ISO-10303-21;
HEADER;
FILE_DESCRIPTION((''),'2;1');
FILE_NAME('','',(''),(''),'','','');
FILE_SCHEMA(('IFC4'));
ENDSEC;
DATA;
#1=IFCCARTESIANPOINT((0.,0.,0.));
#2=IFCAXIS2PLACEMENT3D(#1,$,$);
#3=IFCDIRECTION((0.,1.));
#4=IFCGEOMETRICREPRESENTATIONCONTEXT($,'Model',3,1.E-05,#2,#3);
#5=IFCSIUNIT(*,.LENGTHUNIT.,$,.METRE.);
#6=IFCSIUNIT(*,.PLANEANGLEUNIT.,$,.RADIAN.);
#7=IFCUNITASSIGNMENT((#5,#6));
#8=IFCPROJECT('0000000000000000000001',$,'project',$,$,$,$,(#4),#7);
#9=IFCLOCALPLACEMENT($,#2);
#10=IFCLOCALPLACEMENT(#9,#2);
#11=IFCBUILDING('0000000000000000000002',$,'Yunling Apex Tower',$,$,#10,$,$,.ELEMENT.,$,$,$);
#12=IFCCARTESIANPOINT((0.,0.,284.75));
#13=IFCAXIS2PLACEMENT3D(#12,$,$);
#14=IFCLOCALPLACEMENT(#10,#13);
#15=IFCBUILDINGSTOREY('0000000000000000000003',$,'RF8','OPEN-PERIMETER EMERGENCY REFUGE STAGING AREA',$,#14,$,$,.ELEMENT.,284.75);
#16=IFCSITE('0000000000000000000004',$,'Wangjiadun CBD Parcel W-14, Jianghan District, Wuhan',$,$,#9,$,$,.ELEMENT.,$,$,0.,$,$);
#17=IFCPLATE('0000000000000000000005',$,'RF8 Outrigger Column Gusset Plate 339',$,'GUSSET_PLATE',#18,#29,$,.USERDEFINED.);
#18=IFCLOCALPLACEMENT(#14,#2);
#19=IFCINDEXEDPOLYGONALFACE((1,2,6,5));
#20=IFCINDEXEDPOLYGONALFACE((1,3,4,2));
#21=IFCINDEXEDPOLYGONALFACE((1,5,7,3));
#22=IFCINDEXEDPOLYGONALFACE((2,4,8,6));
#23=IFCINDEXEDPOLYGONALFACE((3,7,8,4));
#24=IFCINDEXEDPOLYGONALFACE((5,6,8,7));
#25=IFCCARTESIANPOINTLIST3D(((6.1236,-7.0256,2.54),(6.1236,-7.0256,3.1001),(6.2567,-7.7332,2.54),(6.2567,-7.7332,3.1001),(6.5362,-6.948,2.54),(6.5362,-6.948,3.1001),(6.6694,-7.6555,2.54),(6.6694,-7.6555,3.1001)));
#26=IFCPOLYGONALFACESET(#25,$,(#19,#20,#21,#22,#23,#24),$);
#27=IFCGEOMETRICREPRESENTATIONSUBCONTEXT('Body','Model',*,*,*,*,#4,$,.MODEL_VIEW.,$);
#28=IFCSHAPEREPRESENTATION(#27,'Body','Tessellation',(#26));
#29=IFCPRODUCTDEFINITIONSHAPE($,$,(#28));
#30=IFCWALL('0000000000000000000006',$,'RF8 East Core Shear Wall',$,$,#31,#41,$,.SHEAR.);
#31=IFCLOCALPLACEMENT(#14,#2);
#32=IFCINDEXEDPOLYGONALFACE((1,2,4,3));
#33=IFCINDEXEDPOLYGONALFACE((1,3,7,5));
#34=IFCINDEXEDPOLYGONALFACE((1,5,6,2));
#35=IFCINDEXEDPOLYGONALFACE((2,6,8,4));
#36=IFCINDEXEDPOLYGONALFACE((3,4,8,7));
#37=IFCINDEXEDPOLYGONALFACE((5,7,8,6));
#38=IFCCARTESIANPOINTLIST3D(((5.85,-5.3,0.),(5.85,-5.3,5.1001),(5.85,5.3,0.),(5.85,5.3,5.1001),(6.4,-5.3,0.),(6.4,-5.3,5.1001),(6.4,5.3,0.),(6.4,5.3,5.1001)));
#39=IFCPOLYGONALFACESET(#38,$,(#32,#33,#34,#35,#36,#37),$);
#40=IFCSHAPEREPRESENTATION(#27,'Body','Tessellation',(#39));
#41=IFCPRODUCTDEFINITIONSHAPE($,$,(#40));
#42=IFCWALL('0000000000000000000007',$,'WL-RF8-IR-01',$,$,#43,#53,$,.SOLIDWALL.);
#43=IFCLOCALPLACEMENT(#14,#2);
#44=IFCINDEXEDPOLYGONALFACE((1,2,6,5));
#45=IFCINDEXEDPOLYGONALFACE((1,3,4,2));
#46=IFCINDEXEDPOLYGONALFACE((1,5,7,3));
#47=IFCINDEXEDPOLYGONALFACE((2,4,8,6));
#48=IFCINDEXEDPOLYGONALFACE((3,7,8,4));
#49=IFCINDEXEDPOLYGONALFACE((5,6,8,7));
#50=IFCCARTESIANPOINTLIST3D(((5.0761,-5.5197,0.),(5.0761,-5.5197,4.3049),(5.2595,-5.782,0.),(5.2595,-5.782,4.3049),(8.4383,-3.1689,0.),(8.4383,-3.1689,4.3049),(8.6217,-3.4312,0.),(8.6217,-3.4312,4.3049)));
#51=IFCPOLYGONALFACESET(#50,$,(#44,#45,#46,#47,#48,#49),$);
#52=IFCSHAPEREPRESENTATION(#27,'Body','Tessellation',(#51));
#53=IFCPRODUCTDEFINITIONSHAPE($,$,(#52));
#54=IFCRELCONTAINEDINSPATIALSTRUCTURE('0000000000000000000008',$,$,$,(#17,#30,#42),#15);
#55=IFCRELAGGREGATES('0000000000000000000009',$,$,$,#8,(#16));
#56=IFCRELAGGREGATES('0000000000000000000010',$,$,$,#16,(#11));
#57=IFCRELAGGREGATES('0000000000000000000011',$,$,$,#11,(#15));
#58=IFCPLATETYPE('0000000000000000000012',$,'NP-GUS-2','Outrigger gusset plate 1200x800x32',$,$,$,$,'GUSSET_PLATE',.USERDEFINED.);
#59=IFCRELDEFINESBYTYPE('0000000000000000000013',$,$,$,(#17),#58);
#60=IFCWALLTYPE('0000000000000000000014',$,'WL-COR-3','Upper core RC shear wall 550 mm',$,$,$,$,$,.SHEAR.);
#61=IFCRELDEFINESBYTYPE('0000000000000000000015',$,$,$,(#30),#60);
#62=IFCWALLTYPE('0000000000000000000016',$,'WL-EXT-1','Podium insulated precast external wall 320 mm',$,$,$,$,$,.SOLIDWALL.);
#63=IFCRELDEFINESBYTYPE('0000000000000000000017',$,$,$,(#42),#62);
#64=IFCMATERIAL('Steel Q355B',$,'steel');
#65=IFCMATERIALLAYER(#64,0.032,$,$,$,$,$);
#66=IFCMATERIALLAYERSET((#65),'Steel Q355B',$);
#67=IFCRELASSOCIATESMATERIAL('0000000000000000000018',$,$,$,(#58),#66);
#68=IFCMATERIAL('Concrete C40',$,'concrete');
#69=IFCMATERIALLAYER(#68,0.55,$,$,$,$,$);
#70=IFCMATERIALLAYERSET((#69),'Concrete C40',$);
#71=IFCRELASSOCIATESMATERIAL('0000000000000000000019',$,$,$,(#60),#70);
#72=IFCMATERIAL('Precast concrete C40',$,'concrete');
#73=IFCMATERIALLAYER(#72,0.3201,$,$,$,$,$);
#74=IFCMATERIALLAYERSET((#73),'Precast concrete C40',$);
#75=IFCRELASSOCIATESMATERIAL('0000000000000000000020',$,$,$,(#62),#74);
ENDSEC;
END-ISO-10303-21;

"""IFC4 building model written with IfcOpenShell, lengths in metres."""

from ifc_helpers import new_model, si_unit, direction, frame, frame_2d, origin, origin_2d, place, context, subcontext, project, spatial, rectangle, extrude, source, transform, mapped, material, layer, layer_set, type_object, element, save


model = new_model("IFC4")

# Units and contexts
model_context = context("Model", 3, precision=1e-05, world=origin(), true_north=direction((0.0, 1.0)))
body_context = subcontext(model_context, "Body", "Model", "MODEL_VIEW")
ifc_project = project(units=[si_unit("LENGTHUNIT", "METRE"), si_unit("PLANEANGLEUNIT", "RADIAN")], contexts=[model_context])

# Site, building, storey
site_placement = place(None, origin())
site = spatial("IfcSite", under=ifc_project, at=site_placement, Name="Wangjiadun CBD Parcel W-14, Jianghan District, Wuhan", CompositionType="ELEMENT", RefElevation=0.0)
building_placement = place(site_placement, origin())
building = spatial("IfcBuilding", under=site, at=building_placement, Name="Yunling Apex Tower", CompositionType="ELEMENT")
storey_placement = place(building_placement, frame((0.0, 0.0, 284.75)))
storey = spatial("IfcBuildingStorey", under=building, at=storey_placement, Name="RF8", Description="OPEN-PERIMETER EMERGENCY REFUGE STAGING AREA", CompositionType="ELEMENT", Elevation=284.75)

# Shared definitions
ifc_material_1 = material(Name="Steel Q355B", Category="steel")

# Plate
ifc_layer_1 = layer(ifc_material_1, 0.032)
ifc_layer_set_1 = layer_set([ifc_layer_1], Name="Steel Q355B")
plate_type_1 = type_object("IfcPlateType", Name="NP-GUS-2", Description="Outrigger gusset plate 1200x800x32", ElementType="GUSSET_PLATE", PredefinedType="USERDEFINED", material=ifc_layer_set_1)
shared_shape_1 = source(origin(), body_context, "Body", "SweptSolid", [
    extrude(rectangle(XDim=0.72, YDim=0.4199, at=origin_2d()), origin(), (0.0, 0.0, 1.0), 0.5601),
])
for number, where, z_axis, x_axis, name in (
    (1, (6.3965, -7.3406, 2.54), (0.0, 0.0, 1.0), (0.184981, -0.982742, 0.0), "RF8 Outrigger Column Gusset Plate 339"),
):
    element("IfcPlate", number, at=place(storey_placement, frame(where, z_axis=z_axis, x_axis=x_axis)), inside=storey, type_object=plate_type_1, Name=name, ObjectType="GUSSET_PLATE", PredefinedType="USERDEFINED", context=body_context, shape_type="MappedRepresentation", body=[
        mapped(shared_shape_1, transform((0.0, 0.0, 0.0), scale=1.0)),
    ])

# Walls
ifc_material_2 = material(Name="Concrete C40", Category="concrete")
ifc_layer_2 = layer(ifc_material_2, 0.55)
ifc_layer_set_2 = layer_set([ifc_layer_2], Name="Concrete C40")
wall_type_1 = type_object("IfcWallType", Name="WL-COR-3", Description="Upper core RC shear wall 550 mm", PredefinedType="SHEAR", material=ifc_layer_set_2)
wall_1_placement = place(storey_placement, frame((6.125, -5.3, 0.0), z_axis=(0.0, 0.0, 1.0), x_axis=(0.0, 1.0, 0.0)))
element("IfcWall", 2, at=wall_1_placement, inside=storey, type_object=wall_type_1, Name="RF8 East Core Shear Wall", PredefinedType="SHEAR", context=body_context, shape_type="SweptSolid", body=[
    extrude(rectangle(XDim=10.6001, YDim=0.55, at=frame_2d((5.3, 0.0))), origin(), (0.0, 0.0, 1.0), 5.1001),
])
ifc_material_3 = material(Name="Precast concrete C40", Category="concrete")
ifc_layer_3 = layer(ifc_material_3, 0.3201)
ifc_layer_set_3 = layer_set([ifc_layer_3], Name="Precast concrete C40")
wall_type_2 = type_object("IfcWallType", Name="WL-EXT-1", Description="Podium insulated precast external wall 320 mm", PredefinedType="SOLIDWALL", material=ifc_layer_set_3)
wall_2_placement = place(storey_placement, frame((8.53, -3.3, 0.0), z_axis=(0.0, 0.0, 1.0), x_axis=(-0.819551, -0.573007, 0.0)))
element("IfcWall", 3, at=wall_2_placement, inside=storey, type_object=wall_type_2, Name="WL-RF8-IR-01", PredefinedType="SOLIDWALL", context=body_context, shape_type="SweptSolid", body=[
    extrude(rectangle(XDim=4.1025, YDim=0.3201, at=frame_2d((2.0513, 0.0))), origin(), (0.0, 0.0, 1.0), 4.3049),
])

save(model, "model.ifc")
